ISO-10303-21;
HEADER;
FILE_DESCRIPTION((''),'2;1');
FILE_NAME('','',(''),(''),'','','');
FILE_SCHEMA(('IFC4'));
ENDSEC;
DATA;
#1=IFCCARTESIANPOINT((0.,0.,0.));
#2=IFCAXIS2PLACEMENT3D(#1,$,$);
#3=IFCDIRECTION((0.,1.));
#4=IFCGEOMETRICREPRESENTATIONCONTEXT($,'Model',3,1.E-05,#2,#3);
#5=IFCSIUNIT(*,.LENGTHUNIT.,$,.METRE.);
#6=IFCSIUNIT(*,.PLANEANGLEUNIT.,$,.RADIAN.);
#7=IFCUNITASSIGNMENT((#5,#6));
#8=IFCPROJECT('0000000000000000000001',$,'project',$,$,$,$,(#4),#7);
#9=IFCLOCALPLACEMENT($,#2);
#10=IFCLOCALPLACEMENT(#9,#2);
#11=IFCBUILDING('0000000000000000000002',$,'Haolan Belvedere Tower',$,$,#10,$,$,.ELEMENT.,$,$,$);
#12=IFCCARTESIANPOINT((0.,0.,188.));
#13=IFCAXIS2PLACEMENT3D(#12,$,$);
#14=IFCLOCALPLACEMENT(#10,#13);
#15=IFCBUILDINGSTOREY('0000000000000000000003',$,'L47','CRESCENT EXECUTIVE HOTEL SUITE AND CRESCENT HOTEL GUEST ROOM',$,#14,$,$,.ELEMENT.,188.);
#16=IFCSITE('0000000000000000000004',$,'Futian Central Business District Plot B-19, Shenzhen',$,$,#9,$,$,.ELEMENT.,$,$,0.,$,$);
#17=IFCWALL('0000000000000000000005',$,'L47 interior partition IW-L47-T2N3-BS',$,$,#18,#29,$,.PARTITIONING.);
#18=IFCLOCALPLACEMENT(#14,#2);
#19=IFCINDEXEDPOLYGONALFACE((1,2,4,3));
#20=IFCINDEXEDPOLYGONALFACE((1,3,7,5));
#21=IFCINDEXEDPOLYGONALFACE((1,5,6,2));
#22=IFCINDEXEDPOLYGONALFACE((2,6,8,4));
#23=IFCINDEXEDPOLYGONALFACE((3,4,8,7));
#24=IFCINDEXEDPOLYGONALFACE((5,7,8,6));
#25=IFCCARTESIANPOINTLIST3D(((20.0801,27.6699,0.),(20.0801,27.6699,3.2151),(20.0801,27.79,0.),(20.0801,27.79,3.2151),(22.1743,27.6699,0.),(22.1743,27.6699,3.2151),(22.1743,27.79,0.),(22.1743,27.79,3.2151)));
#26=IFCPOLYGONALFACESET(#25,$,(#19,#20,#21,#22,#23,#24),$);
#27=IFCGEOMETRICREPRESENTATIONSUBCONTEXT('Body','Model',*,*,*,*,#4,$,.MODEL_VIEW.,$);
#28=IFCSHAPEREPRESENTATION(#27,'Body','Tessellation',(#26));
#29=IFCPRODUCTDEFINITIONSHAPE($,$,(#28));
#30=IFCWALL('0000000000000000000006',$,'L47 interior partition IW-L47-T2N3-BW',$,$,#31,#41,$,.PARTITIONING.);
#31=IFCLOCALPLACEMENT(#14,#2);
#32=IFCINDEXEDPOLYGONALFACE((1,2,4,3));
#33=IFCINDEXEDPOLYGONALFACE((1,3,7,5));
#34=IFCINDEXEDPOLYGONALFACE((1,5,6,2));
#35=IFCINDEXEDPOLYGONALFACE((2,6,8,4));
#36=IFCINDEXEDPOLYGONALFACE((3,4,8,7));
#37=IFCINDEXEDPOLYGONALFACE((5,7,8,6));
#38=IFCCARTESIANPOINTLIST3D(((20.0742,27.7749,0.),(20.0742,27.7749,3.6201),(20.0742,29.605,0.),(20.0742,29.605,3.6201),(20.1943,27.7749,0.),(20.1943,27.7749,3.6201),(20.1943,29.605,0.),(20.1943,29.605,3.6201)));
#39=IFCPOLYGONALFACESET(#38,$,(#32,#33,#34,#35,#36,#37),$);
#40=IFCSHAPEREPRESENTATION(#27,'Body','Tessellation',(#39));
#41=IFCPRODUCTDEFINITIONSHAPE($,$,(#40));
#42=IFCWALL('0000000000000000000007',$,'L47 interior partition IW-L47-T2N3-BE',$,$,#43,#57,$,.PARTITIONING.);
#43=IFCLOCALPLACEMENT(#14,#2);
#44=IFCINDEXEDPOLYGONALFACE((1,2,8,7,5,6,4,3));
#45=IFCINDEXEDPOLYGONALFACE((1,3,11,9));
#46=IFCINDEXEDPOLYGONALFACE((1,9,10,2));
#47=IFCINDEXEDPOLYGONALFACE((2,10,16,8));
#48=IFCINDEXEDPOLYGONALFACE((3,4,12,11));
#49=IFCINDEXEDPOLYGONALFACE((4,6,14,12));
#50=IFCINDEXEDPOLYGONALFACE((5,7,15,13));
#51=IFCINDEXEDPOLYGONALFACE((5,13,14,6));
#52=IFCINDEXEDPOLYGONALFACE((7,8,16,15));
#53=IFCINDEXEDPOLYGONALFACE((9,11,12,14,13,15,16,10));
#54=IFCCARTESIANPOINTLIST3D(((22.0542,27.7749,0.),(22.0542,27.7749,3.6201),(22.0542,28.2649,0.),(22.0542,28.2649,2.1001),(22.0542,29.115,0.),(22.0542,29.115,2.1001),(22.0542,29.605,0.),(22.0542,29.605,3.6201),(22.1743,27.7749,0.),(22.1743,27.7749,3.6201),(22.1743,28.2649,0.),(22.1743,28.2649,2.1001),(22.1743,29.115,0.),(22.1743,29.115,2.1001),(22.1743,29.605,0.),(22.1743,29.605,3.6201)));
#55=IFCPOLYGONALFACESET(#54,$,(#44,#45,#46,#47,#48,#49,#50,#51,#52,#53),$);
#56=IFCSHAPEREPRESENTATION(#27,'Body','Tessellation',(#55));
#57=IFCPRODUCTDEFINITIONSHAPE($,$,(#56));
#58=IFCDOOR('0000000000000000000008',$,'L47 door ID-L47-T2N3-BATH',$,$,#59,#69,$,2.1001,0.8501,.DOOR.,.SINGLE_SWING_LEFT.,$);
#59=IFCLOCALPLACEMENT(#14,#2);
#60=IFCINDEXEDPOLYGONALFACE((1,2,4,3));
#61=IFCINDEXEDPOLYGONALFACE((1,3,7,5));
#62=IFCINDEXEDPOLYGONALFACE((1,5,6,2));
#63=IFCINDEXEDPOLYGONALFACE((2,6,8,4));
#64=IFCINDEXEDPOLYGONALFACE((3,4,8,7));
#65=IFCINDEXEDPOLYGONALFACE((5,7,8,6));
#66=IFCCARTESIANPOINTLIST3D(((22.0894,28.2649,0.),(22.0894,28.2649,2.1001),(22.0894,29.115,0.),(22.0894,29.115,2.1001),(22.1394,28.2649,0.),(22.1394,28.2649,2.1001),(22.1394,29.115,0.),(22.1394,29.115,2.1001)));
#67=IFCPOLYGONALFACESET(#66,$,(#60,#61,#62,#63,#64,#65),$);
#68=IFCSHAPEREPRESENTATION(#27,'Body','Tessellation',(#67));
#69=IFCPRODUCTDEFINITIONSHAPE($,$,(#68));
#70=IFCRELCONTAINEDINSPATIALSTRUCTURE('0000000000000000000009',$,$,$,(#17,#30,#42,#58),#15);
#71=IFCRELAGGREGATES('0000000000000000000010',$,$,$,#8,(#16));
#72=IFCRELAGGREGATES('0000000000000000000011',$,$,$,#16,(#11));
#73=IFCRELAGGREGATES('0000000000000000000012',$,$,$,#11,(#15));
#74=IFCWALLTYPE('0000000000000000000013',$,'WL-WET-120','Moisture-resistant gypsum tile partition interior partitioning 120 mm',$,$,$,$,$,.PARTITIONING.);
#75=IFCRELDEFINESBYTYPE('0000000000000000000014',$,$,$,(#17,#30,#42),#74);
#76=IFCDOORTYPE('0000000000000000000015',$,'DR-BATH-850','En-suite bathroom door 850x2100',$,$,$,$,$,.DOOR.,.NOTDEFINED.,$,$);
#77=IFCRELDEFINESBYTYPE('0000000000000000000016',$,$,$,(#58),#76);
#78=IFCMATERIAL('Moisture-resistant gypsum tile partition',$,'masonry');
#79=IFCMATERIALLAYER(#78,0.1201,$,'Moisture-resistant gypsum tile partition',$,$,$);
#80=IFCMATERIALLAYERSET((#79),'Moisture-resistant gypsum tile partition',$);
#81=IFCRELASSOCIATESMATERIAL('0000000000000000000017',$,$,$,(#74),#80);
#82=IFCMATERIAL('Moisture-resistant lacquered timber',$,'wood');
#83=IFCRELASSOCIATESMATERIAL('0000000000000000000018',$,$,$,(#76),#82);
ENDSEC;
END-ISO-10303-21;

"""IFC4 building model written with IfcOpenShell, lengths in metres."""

from ifc_helpers import new_model, si_unit, direction, frame, frame_2d, origin, place, context, subcontext, project, spatial, rectangle, extrude, material, layer, layer_set, type_object, element, fill, save


model = new_model("IFC4")

# Units and contexts
model_context = context("Model", 3, precision=1e-05, world=origin(), true_north=direction((0.0, 1.0)))
body_context = subcontext(model_context, "Body", "Model", "MODEL_VIEW")
ifc_project = project(units=[si_unit("LENGTHUNIT", "METRE"), si_unit("PLANEANGLEUNIT", "RADIAN")], contexts=[model_context])

# Site, building, storey
site_placement = place(None, origin())
site = spatial("IfcSite", under=ifc_project, at=site_placement, Name="Futian Central Business District Plot B-19, Shenzhen", CompositionType="ELEMENT", RefElevation=0.0)
building_placement = place(site_placement, origin())
building = spatial("IfcBuilding", under=site, at=building_placement, Name="Haolan Belvedere Tower", CompositionType="ELEMENT")
storey_placement = place(building_placement, frame((0.0, 0.0, 188.0)))
storey = spatial("IfcBuildingStorey", under=building, at=storey_placement, Name="L47", Description="CRESCENT EXECUTIVE HOTEL SUITE AND CRESCENT HOTEL GUEST ROOM", CompositionType="ELEMENT", Elevation=188.0)

# Walls
ifc_material_1 = material(Name="Moisture-resistant gypsum tile partition", Category="masonry")
ifc_layer_1 = layer(ifc_material_1, 0.1201, Name="Moisture-resistant gypsum tile partition")
ifc_layer_set_1 = layer_set([ifc_layer_1], Name="Moisture-resistant gypsum tile partition")
wall_type_1 = type_object("IfcWallType", Name="WL-WET-120", Description="Moisture-resistant gypsum tile partition interior partitioning 120 mm", PredefinedType="PARTITIONING", material=ifc_layer_set_1)
wall_1_placement = place(storey_placement, frame((20.0801, 27.73, 0.0), z_axis=(0.0, 0.0, 1.0), x_axis=(1.0, 0.0, 0.0)))
element("IfcWall", 1, at=wall_1_placement, inside=storey, type_object=wall_type_1, Name="L47 interior partition IW-L47-T2N3-BS", PredefinedType="PARTITIONING", context=body_context, shape_type="SweptSolid", body=[
    extrude(rectangle(XDim=2.0942, YDim=0.1201, at=frame_2d((1.0471, 0.0))), origin(), (0.0, 0.0, 1.0), 3.2151),
])
wall_2_placement = place(storey_placement, frame((20.1343, 27.7749, 0.0), z_axis=(0.0, 0.0, 1.0), x_axis=(0.0, 1.0, 0.0)))
element("IfcWall", 2, at=wall_2_placement, inside=storey, type_object=wall_type_1, Name="L47 interior partition IW-L47-T2N3-BW", PredefinedType="PARTITIONING", context=body_context, shape_type="SweptSolid", body=[
    extrude(rectangle(XDim=1.8301, YDim=0.1201, at=frame_2d((0.915, 0.0))), origin(), (0.0, 0.0, 1.0), 3.6201),
])

# Wall, opening, door
wall_3_placement = place(storey_placement, frame((22.1143, 27.7749, 0.0), z_axis=(0.0, 0.0, 1.0), x_axis=(0.0, 1.0, 0.0)))
wall_3 = element("IfcWall", 3, at=wall_3_placement, inside=storey, type_object=wall_type_1, Name="L47 interior partition IW-L47-T2N3-BE", PredefinedType="PARTITIONING", context=body_context, shape_type="SweptSolid", body=[
    extrude(rectangle(XDim=1.8301, YDim=0.1201, at=frame_2d((0.915, 0.0))), origin(), (0.0, 0.0, 1.0), 3.6201),
])
opening_1_placement = place(wall_3_placement, frame((0.49, 0.0, 0.0)))
opening_1 = element("IfcOpeningElement", 4, at=opening_1_placement, cuts=wall_3, PredefinedType="OPENING", context=body_context, shape_type="SweptSolid", body=[
    extrude(rectangle(XDim=0.8501, YDim=2.1001, at=frame_2d((0.425, 1.05))), frame((0.0, 0.0701, 0.0), z_axis=(0.0, -1.0, 0.0), x_axis=(1.0, 0.0, 0.0)), (0.0, 0.0, 1.0), 0.1401),
])
ifc_material_2 = material(Name="Moisture-resistant lacquered timber", Category="wood")
door_type_1 = type_object("IfcDoorType", Name="DR-BATH-850", Description="En-suite bathroom door 850x2100", OperationType="NOTDEFINED", PredefinedType="DOOR", material=ifc_material_2)
door_1_placement = place(opening_1_placement, origin())
door_1 = element("IfcDoor", 5, at=door_1_placement, inside=storey, type_object=door_type_1, Name="L47 door ID-L47-T2N3-BATH", OperationType="SINGLE_SWING_LEFT", OverallHeight=2.1001, OverallWidth=0.8501, PredefinedType="DOOR", context=body_context, shape_type="SweptSolid", body=[
    extrude(rectangle(XDim=0.8501, YDim=2.1001, at=frame_2d((0.425, 1.05))), frame((0.0, 0.0249, 0.0), z_axis=(0.0, -1.0, 0.0), x_axis=(1.0, 0.0, 0.0)), (0.0, 0.0, 1.0), 0.05),
])
fill(opening_1, door_1)

save(model, "model.ifc")
